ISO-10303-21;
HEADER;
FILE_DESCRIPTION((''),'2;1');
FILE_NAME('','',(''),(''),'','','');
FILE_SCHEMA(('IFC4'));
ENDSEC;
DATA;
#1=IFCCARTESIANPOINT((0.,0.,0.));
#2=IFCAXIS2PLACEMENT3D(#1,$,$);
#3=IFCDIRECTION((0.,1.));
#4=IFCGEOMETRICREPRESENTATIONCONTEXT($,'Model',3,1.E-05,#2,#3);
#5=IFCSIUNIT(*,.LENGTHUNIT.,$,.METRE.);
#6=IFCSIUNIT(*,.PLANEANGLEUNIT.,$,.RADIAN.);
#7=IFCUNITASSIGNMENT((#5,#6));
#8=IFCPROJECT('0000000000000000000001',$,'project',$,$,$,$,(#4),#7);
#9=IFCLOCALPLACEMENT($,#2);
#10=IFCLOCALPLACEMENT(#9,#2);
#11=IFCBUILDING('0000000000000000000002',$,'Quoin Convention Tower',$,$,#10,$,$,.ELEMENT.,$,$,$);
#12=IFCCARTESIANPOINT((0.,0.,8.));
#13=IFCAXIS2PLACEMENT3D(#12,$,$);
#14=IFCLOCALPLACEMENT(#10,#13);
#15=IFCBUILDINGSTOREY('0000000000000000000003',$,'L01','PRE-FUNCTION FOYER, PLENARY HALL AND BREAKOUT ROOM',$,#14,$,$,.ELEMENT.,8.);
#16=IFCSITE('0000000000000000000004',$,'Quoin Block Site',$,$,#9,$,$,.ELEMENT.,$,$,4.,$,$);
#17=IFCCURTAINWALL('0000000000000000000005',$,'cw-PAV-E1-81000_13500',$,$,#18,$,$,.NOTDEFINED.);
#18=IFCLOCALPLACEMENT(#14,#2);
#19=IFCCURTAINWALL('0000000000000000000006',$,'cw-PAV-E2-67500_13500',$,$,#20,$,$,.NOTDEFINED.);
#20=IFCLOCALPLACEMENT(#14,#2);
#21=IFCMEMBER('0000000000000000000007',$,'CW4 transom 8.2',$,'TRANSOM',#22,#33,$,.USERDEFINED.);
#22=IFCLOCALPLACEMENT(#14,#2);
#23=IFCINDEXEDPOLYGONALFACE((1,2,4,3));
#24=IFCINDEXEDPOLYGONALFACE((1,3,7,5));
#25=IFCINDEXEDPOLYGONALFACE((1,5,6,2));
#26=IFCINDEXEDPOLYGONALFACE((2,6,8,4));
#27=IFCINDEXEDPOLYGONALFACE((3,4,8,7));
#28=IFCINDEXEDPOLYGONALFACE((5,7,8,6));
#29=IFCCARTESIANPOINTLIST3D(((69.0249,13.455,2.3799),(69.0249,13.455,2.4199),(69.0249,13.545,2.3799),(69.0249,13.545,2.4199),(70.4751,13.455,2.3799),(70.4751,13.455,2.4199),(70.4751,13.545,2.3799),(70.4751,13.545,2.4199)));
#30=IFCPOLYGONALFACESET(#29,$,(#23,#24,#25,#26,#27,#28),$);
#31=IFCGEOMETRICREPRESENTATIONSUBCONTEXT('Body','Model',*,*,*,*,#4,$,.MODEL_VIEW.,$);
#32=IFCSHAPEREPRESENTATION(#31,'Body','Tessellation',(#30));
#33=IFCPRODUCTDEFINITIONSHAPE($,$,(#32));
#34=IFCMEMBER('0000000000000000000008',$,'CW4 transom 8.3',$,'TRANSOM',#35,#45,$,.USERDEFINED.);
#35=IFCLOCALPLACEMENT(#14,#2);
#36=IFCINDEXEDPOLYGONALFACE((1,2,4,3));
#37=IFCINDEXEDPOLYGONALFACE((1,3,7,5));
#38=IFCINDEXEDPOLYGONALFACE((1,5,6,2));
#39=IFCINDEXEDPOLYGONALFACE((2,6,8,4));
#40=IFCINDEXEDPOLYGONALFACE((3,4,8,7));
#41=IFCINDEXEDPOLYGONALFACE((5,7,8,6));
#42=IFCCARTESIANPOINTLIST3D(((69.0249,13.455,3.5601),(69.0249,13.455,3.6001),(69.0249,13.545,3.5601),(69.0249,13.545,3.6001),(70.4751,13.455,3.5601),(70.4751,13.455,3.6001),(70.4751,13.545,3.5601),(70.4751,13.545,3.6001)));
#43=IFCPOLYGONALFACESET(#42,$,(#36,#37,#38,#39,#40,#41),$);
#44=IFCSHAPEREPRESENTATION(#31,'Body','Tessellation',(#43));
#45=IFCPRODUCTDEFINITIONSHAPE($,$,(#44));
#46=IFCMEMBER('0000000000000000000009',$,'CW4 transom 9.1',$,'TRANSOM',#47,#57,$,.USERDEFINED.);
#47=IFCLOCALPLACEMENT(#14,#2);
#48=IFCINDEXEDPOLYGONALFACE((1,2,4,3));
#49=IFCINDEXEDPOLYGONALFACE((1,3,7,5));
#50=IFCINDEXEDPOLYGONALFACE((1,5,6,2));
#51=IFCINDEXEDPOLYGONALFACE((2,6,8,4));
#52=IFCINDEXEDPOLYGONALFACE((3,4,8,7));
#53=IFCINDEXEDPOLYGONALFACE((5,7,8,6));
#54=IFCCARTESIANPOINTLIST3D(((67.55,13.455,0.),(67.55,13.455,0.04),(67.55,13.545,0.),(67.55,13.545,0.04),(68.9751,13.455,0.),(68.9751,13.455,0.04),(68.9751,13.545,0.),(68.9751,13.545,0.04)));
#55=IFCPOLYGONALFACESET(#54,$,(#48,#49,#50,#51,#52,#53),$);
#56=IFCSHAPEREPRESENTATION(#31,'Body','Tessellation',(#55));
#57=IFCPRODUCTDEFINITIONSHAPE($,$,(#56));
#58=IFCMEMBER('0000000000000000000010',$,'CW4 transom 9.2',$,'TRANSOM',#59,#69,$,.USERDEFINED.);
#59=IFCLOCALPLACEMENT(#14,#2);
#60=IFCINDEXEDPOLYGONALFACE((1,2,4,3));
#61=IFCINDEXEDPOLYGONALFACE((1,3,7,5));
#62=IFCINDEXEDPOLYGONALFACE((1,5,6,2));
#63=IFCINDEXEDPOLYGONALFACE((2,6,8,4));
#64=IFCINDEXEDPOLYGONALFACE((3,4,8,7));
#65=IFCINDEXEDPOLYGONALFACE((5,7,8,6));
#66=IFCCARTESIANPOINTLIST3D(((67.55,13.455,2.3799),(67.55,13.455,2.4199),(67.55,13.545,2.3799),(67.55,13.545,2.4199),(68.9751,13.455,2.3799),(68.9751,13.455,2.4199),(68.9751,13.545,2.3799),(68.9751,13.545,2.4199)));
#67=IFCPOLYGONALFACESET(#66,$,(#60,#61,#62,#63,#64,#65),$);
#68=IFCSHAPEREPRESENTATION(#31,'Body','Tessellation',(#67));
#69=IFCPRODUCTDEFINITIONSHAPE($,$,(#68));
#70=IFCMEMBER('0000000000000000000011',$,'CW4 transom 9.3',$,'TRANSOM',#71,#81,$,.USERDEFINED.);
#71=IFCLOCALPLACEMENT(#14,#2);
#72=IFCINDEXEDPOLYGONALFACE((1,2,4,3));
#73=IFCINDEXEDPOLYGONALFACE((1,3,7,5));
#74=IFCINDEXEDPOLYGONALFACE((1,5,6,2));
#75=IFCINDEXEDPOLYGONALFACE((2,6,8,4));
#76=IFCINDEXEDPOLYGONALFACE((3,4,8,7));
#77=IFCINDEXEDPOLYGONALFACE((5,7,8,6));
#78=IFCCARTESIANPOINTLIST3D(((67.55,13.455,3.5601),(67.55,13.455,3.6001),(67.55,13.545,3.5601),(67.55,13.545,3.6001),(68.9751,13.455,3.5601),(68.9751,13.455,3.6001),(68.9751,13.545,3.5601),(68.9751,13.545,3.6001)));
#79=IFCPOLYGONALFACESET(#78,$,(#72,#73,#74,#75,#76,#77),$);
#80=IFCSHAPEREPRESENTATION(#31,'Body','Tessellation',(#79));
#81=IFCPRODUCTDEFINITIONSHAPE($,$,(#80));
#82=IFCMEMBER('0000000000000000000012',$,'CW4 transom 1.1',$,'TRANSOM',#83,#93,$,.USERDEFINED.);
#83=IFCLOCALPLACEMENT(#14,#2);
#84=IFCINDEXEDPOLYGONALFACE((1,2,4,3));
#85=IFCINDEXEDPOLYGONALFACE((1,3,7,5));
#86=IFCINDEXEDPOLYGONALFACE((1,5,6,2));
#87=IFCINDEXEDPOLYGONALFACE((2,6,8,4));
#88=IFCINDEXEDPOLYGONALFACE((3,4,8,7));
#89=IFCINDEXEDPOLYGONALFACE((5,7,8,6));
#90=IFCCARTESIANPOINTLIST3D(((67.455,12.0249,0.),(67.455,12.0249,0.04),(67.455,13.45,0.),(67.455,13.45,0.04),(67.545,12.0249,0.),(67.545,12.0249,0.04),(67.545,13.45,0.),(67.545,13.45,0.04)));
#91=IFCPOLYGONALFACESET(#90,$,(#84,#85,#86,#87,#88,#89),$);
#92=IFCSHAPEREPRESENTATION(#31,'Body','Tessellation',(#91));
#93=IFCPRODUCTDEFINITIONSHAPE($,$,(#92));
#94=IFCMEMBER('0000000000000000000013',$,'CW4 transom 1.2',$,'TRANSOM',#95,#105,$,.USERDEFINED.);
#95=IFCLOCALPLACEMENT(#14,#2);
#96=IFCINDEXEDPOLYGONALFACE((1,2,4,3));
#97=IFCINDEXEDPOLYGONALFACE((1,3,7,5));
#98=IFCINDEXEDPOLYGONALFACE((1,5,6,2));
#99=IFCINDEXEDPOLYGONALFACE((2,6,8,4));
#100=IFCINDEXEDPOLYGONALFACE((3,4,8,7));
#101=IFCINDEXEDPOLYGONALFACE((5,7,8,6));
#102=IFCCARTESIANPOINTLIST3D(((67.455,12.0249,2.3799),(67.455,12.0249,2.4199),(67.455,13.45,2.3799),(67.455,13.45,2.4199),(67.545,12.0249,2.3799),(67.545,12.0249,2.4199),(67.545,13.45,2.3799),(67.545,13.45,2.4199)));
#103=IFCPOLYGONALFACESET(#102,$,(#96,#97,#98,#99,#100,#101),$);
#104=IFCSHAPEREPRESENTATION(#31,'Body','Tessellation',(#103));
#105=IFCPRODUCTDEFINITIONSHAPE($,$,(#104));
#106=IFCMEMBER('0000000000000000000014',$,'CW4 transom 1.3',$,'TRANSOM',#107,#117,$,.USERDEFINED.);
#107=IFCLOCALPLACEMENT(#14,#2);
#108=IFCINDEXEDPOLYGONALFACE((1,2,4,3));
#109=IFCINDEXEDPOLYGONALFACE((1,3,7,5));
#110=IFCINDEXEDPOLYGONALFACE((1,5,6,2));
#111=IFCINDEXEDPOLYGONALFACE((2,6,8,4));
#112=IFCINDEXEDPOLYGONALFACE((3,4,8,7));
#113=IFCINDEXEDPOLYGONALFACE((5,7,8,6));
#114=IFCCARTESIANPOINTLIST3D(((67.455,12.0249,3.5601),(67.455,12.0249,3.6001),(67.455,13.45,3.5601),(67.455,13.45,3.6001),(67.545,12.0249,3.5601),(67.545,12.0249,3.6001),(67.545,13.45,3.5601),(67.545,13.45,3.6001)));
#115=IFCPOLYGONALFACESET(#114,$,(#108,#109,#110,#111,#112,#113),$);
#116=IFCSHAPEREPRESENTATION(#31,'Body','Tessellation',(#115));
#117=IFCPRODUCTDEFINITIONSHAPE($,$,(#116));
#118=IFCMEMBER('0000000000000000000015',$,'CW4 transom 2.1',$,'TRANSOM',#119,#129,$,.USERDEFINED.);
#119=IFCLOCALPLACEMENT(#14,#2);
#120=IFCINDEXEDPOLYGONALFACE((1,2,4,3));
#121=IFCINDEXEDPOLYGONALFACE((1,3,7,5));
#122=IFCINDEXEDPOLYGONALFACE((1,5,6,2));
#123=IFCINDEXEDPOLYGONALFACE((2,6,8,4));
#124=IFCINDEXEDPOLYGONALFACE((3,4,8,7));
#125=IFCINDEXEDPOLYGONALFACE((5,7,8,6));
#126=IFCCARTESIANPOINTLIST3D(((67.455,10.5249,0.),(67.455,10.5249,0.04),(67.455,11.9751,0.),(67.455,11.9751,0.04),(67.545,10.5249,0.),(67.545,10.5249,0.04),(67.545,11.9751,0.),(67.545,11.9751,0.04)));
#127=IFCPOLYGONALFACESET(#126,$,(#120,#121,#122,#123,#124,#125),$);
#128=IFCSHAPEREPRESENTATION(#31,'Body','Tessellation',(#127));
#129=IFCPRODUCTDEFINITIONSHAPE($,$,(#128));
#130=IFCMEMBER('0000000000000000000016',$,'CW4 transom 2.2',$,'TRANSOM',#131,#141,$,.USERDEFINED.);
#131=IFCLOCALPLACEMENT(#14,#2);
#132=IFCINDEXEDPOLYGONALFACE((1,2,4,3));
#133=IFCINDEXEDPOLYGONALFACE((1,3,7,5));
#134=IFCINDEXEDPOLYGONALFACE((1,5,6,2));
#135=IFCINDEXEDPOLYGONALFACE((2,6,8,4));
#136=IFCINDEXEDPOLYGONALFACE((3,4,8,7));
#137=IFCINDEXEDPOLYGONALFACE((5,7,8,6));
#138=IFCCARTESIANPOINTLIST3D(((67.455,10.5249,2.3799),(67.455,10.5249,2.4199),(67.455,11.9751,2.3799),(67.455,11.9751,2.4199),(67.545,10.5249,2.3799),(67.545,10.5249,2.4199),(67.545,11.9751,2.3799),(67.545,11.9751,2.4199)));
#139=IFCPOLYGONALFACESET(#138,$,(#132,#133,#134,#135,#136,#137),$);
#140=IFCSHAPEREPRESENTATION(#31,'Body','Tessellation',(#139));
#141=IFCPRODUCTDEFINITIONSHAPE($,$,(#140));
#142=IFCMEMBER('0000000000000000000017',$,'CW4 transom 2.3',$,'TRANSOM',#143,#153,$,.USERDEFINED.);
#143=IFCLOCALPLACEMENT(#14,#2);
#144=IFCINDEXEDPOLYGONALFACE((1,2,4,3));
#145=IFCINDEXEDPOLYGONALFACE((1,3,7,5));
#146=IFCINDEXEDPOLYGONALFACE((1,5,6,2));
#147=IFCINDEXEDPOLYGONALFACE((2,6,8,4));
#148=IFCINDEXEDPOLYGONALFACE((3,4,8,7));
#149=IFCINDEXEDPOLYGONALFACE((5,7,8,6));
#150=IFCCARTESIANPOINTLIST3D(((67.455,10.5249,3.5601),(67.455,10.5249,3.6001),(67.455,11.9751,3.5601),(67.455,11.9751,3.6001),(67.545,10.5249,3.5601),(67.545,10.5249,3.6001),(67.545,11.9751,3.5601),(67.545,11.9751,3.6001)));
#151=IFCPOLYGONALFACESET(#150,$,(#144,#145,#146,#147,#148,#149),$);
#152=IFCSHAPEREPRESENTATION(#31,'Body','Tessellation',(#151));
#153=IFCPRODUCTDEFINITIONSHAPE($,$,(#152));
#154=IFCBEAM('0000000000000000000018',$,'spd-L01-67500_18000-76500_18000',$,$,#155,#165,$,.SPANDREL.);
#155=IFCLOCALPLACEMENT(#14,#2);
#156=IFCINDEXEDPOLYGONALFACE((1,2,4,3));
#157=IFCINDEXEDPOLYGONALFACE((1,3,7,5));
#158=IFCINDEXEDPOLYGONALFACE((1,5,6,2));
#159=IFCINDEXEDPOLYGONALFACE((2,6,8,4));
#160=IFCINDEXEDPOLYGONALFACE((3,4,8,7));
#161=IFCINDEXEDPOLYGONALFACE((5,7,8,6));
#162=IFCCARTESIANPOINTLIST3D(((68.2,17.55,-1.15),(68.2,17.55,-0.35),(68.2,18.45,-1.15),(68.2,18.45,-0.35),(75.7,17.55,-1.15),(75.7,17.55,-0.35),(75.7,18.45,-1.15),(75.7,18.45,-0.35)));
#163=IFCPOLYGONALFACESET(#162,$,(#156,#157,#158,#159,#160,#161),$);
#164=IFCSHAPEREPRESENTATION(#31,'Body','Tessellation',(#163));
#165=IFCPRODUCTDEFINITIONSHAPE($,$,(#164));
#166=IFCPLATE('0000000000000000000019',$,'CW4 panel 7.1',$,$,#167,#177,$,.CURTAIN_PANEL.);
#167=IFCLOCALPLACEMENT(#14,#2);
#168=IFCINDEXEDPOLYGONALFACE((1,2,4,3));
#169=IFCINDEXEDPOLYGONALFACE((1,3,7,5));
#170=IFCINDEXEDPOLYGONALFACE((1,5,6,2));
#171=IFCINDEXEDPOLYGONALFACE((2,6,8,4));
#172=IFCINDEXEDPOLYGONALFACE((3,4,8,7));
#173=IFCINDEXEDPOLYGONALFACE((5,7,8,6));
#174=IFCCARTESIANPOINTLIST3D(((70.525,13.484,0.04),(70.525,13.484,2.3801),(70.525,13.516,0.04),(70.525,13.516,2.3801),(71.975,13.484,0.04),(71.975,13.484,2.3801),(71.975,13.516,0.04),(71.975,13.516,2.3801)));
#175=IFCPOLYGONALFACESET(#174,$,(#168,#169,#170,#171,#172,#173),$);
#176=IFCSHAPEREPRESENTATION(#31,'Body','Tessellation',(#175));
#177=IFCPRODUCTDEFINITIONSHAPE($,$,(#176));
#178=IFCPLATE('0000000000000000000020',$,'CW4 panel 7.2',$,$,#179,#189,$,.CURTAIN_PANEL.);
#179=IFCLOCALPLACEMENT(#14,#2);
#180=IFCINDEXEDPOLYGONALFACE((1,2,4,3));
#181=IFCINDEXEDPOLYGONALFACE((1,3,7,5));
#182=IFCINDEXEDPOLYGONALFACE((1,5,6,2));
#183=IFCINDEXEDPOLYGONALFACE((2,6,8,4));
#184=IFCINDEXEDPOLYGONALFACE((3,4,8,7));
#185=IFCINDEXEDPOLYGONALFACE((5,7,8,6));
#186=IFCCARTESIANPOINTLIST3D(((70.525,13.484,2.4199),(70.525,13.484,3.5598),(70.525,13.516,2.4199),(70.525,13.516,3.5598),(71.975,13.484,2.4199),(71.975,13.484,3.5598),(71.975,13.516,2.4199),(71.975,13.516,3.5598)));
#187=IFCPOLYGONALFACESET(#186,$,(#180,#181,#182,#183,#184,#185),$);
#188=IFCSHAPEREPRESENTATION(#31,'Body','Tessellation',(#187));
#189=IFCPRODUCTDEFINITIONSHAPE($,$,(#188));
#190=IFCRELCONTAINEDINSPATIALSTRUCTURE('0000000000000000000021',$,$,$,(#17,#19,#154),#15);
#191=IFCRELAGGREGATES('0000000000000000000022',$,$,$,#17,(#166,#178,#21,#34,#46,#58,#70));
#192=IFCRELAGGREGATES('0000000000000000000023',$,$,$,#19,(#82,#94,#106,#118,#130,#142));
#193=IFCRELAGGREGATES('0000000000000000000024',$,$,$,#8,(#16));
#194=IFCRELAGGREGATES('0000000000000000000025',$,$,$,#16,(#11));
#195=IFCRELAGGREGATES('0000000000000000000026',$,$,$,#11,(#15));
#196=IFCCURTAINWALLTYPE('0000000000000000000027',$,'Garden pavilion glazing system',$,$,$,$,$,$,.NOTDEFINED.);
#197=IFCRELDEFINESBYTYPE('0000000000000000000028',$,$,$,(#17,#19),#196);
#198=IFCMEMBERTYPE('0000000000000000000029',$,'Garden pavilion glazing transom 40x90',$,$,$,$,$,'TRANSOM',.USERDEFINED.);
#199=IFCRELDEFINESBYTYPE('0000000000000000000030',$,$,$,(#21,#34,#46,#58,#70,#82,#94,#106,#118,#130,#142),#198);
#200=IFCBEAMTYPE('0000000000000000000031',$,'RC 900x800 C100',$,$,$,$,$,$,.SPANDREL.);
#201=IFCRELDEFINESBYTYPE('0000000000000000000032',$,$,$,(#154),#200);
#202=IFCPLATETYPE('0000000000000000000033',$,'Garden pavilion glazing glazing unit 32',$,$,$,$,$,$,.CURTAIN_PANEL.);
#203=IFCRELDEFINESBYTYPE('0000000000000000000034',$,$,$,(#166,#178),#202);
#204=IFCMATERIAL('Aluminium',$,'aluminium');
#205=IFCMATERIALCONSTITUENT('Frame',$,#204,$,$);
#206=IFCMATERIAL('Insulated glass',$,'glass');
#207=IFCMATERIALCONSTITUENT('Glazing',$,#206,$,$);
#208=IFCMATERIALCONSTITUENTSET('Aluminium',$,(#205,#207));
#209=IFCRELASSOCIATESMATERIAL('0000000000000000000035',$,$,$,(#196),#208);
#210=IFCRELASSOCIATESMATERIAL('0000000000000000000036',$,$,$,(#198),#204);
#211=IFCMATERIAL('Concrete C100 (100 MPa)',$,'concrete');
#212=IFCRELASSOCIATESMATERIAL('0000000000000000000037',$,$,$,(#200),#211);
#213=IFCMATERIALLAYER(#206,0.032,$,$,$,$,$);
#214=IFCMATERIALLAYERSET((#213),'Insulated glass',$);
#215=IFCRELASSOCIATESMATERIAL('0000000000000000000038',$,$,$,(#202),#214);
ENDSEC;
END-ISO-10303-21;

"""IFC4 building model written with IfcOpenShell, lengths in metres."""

from ifc_helpers import new_model, si_unit, direction, frame, origin, origin_2d, place, context, subcontext, project, spatial, rectangle, extrude, material, layer, layer_set, constituent, constituent_set, material_profile, profile_set, type_object, element, aggregate, save


model = new_model("IFC4")

# Units and contexts
model_context = context("Model", 3, precision=1e-05, world=origin(), true_north=direction((0.0, 1.0)))
body_context = subcontext(model_context, "Body", "Model", "MODEL_VIEW")
ifc_project = project(units=[si_unit("LENGTHUNIT", "METRE"), si_unit("PLANEANGLEUNIT", "RADIAN")], contexts=[model_context])

# Site, building, storey
site_placement = place(None, origin())
site = spatial("IfcSite", under=ifc_project, at=site_placement, Name="Quoin Block Site", CompositionType="ELEMENT", RefElevation=4.0)
building_placement = place(site_placement, origin())
building = spatial("IfcBuilding", under=site, at=building_placement, Name="Quoin Convention Tower", CompositionType="ELEMENT")
storey_placement = place(building_placement, frame((0.0, 0.0, 8.0)))
storey = spatial("IfcBuildingStorey", under=building, at=storey_placement, Name="L01", Description="PRE-FUNCTION FOYER, PLENARY HALL AND BREAKOUT ROOM", CompositionType="ELEMENT", Elevation=8.0)

# Shared definitions
ifc_material_1 = material(Name="Concrete C100 (100 MPa)", Category="concrete")

# Curtain walls
ifc_material_2 = material(Name="Aluminium", Category="aluminium")
ifc_constituent_1 = constituent(ifc_material_2, Name="Frame")
ifc_material_3 = material(Name="Insulated glass", Category="glass")
ifc_constituent_2 = constituent(ifc_material_3, Name="Glazing")
ifc_constituent_set = constituent_set(constituents=[ifc_constituent_1, ifc_constituent_2], Name="Aluminium")
curtain_wall_type = type_object("IfcCurtainWallType", Name="Garden pavilion glazing system", PredefinedType="NOTDEFINED", material=ifc_constituent_set)
curtain_wall_1_placement = place(storey_placement, origin())
curtain_wall_1 = element("IfcCurtainWall", 1, at=curtain_wall_1_placement, inside=storey, type_object=curtain_wall_type, Name="cw-PAV-E1-81000_13500", PredefinedType="NOTDEFINED")
curtain_wall_2_placement = place(storey_placement, origin())
curtain_wall_2 = element("IfcCurtainWall", 2, at=curtain_wall_2_placement, inside=storey, type_object=curtain_wall_type, Name="cw-PAV-E2-67500_13500", PredefinedType="NOTDEFINED")

# Members
ifc_material_profile_1 = material_profile(ifc_material_2, rectangle(XDim=0.0901, YDim=0.04, at=origin_2d()), Name="Garden pavilion glazing transom 40x90")
ifc_profile_set_1 = profile_set([ifc_material_profile_1], Name="Aluminium")
member_type_1 = type_object("IfcMemberType", Name="Garden pavilion glazing transom 40x90", ElementType="TRANSOM", PredefinedType="USERDEFINED", material=ifc_profile_set_1)
member_1_placement = place(storey_placement, frame((70.4751, 13.5, 2.3999), z_axis=(-1.0, 0.0, 0.0), x_axis=(0.0, -1.0, 0.0)))
member_1 = element("IfcMember", 3, at=member_1_placement, type_object=member_type_1, Name="CW4 transom 8.2", ObjectType="TRANSOM", PredefinedType="USERDEFINED", context=body_context, shape_type="SweptSolid", body=[
    extrude(rectangle(XDim=0.0901, YDim=0.04, at=origin_2d()), origin(), (0.0, 0.0, 1.0), 1.4502),
])
member_2_placement = place(storey_placement, frame((70.4751, 13.5, 3.5801), z_axis=(-1.0, 0.0, 0.0), x_axis=(0.0, -1.0, 0.0)))
member_2 = element("IfcMember", 4, at=member_2_placement, type_object=member_type_1, Name="CW4 transom 8.3", ObjectType="TRANSOM", PredefinedType="USERDEFINED", context=body_context, shape_type="SweptSolid", body=[
    extrude(rectangle(XDim=0.0901, YDim=0.04, at=origin_2d()), origin(), (0.0, 0.0, 1.0), 1.4502),
])
member_3_placement = place(storey_placement, frame((68.9751, 13.5, 0.02), z_axis=(-1.0, 0.0, 0.0), x_axis=(0.0, -1.0, 0.0)))
member_3 = element("IfcMember", 5, at=member_3_placement, type_object=member_type_1, Name="CW4 transom 9.1", ObjectType="TRANSOM", PredefinedType="USERDEFINED", context=body_context, shape_type="SweptSolid", body=[
    extrude(rectangle(XDim=0.0901, YDim=0.04, at=origin_2d()), origin(), (0.0, 0.0, 1.0), 1.425),
])
member_4_placement = place(storey_placement, frame((68.9751, 13.5, 2.3999), z_axis=(-1.0, 0.0, 0.0), x_axis=(0.0, -1.0, 0.0)))
member_4 = element("IfcMember", 6, at=member_4_placement, type_object=member_type_1, Name="CW4 transom 9.2", ObjectType="TRANSOM", PredefinedType="USERDEFINED", context=body_context, shape_type="SweptSolid", body=[
    extrude(rectangle(XDim=0.0901, YDim=0.04, at=origin_2d()), origin(), (0.0, 0.0, 1.0), 1.425),
])
member_5_placement = place(storey_placement, frame((68.9751, 13.5, 3.5801), z_axis=(-1.0, 0.0, 0.0), x_axis=(0.0, -1.0, 0.0)))
member_5 = element("IfcMember", 7, at=member_5_placement, type_object=member_type_1, Name="CW4 transom 9.3", ObjectType="TRANSOM", PredefinedType="USERDEFINED", context=body_context, shape_type="SweptSolid", body=[
    extrude(rectangle(XDim=0.0901, YDim=0.04, at=origin_2d()), origin(), (0.0, 0.0, 1.0), 1.425),
])
member_6_placement = place(storey_placement, frame((67.5, 13.45, 0.02), z_axis=(0.0, -1.0, 0.0), x_axis=(1.0, 0.0, 0.0)))
member_6 = element("IfcMember", 8, at=member_6_placement, type_object=member_type_1, Name="CW4 transom 1.1", ObjectType="TRANSOM", PredefinedType="USERDEFINED", context=body_context, shape_type="SweptSolid", body=[
    extrude(rectangle(XDim=0.0901, YDim=0.04, at=origin_2d()), origin(), (0.0, 0.0, 1.0), 1.425),
])
member_7_placement = place(storey_placement, frame((67.5, 13.45, 2.3999), z_axis=(0.0, -1.0, 0.0), x_axis=(1.0, 0.0, 0.0)))
member_7 = element("IfcMember", 9, at=member_7_placement, type_object=member_type_1, Name="CW4 transom 1.2", ObjectType="TRANSOM", PredefinedType="USERDEFINED", context=body_context, shape_type="SweptSolid", body=[
    extrude(rectangle(XDim=0.0901, YDim=0.04, at=origin_2d()), origin(), (0.0, 0.0, 1.0), 1.425),
])
member_8_placement = place(storey_placement, frame((67.5, 13.45, 3.5801), z_axis=(0.0, -1.0, 0.0), x_axis=(1.0, 0.0, 0.0)))
member_8 = element("IfcMember", 10, at=member_8_placement, type_object=member_type_1, Name="CW4 transom 1.3", ObjectType="TRANSOM", PredefinedType="USERDEFINED", context=body_context, shape_type="SweptSolid", body=[
    extrude(rectangle(XDim=0.0901, YDim=0.04, at=origin_2d()), origin(), (0.0, 0.0, 1.0), 1.425),
])
member_9_placement = place(storey_placement, frame((67.5, 11.9751, 0.02), z_axis=(0.0, -1.0, 0.0), x_axis=(1.0, 0.0, 0.0)))
member_9 = element("IfcMember", 11, at=member_9_placement, type_object=member_type_1, Name="CW4 transom 2.1", ObjectType="TRANSOM", PredefinedType="USERDEFINED", context=body_context, shape_type="SweptSolid", body=[
    extrude(rectangle(XDim=0.0901, YDim=0.04, at=origin_2d()), origin(), (0.0, 0.0, 1.0), 1.4502),
])
member_10_placement = place(storey_placement, frame((67.5, 11.9751, 2.3999), z_axis=(0.0, -1.0, 0.0), x_axis=(1.0, 0.0, 0.0)))
member_10 = element("IfcMember", 12, at=member_10_placement, type_object=member_type_1, Name="CW4 transom 2.2", ObjectType="TRANSOM", PredefinedType="USERDEFINED", context=body_context, shape_type="SweptSolid", body=[
    extrude(rectangle(XDim=0.0901, YDim=0.04, at=origin_2d()), origin(), (0.0, 0.0, 1.0), 1.4502),
])
member_11_placement = place(storey_placement, frame((67.5, 11.9751, 3.5801), z_axis=(0.0, -1.0, 0.0), x_axis=(1.0, 0.0, 0.0)))
member_11 = element("IfcMember", 13, at=member_11_placement, type_object=member_type_1, Name="CW4 transom 2.3", ObjectType="TRANSOM", PredefinedType="USERDEFINED", context=body_context, shape_type="SweptSolid", body=[
    extrude(rectangle(XDim=0.0901, YDim=0.04, at=origin_2d()), origin(), (0.0, 0.0, 1.0), 1.4502),
])

# Beam
ifc_material_profile_2 = material_profile(ifc_material_1, rectangle(XDim=0.8999, YDim=0.8, at=origin_2d()), Name="RC 900x800")
ifc_profile_set_2 = profile_set([ifc_material_profile_2], Name="Concrete C100 (100 MPa)")
beam_type = type_object("IfcBeamType", Name="RC 900x800 C100", PredefinedType="SPANDREL", material=ifc_profile_set_2)
beam_placement = place(storey_placement, frame((68.2, 18.0, -0.75), z_axis=(1.0, 0.0, 0.0), x_axis=(0.0, 1.0, 0.0)))
element("IfcBeam", 14, at=beam_placement, inside=storey, type_object=beam_type, Name="spd-L01-67500_18000-76500_18000", PredefinedType="SPANDREL", context=body_context, shape_type="SweptSolid", body=[
    extrude(rectangle(XDim=0.8999, YDim=0.8, at=origin_2d()), origin(), (0.0, 0.0, 1.0), 7.5),
])

# Plates
ifc_layer_1 = layer(ifc_material_3, 0.032)
ifc_layer_set_1 = layer_set([ifc_layer_1], Name="Insulated glass")
plate_type = type_object("IfcPlateType", Name="Garden pavilion glazing glazing unit 32", PredefinedType="CURTAIN_PANEL", material=ifc_layer_set_1)
plate_1_placement = place(storey_placement, frame((71.25, 13.5, 0.04), z_axis=(0.0, 0.0, 1.0), x_axis=(-1.0, 0.0, 0.0)))
plate_1 = element("IfcPlate", 15, at=plate_1_placement, type_object=plate_type, Name="CW4 panel 7.1", PredefinedType="CURTAIN_PANEL", context=body_context, shape_type="SweptSolid", body=[
    extrude(rectangle(XDim=1.45, YDim=0.032, at=origin_2d()), origin(), (0.0, 0.0, 1.0), 2.3401),
])
plate_2_placement = place(storey_placement, frame((71.25, 13.5, 2.4199), z_axis=(0.0, 0.0, 1.0), x_axis=(-1.0, 0.0, 0.0)))
plate_2 = element("IfcPlate", 16, at=plate_2_placement, type_object=plate_type, Name="CW4 panel 7.2", PredefinedType="CURTAIN_PANEL", context=body_context, shape_type="SweptSolid", body=[
    extrude(rectangle(XDim=1.45, YDim=0.032, at=origin_2d()), origin(), (0.0, 0.0, 1.0), 1.1399),
])
aggregate(curtain_wall_1, [plate_1, plate_2, member_1, member_2, member_3, member_4, member_5])
aggregate(curtain_wall_2, [member_6, member_7, member_8, member_9, member_10, member_11])

save(model, "model.ifc")
